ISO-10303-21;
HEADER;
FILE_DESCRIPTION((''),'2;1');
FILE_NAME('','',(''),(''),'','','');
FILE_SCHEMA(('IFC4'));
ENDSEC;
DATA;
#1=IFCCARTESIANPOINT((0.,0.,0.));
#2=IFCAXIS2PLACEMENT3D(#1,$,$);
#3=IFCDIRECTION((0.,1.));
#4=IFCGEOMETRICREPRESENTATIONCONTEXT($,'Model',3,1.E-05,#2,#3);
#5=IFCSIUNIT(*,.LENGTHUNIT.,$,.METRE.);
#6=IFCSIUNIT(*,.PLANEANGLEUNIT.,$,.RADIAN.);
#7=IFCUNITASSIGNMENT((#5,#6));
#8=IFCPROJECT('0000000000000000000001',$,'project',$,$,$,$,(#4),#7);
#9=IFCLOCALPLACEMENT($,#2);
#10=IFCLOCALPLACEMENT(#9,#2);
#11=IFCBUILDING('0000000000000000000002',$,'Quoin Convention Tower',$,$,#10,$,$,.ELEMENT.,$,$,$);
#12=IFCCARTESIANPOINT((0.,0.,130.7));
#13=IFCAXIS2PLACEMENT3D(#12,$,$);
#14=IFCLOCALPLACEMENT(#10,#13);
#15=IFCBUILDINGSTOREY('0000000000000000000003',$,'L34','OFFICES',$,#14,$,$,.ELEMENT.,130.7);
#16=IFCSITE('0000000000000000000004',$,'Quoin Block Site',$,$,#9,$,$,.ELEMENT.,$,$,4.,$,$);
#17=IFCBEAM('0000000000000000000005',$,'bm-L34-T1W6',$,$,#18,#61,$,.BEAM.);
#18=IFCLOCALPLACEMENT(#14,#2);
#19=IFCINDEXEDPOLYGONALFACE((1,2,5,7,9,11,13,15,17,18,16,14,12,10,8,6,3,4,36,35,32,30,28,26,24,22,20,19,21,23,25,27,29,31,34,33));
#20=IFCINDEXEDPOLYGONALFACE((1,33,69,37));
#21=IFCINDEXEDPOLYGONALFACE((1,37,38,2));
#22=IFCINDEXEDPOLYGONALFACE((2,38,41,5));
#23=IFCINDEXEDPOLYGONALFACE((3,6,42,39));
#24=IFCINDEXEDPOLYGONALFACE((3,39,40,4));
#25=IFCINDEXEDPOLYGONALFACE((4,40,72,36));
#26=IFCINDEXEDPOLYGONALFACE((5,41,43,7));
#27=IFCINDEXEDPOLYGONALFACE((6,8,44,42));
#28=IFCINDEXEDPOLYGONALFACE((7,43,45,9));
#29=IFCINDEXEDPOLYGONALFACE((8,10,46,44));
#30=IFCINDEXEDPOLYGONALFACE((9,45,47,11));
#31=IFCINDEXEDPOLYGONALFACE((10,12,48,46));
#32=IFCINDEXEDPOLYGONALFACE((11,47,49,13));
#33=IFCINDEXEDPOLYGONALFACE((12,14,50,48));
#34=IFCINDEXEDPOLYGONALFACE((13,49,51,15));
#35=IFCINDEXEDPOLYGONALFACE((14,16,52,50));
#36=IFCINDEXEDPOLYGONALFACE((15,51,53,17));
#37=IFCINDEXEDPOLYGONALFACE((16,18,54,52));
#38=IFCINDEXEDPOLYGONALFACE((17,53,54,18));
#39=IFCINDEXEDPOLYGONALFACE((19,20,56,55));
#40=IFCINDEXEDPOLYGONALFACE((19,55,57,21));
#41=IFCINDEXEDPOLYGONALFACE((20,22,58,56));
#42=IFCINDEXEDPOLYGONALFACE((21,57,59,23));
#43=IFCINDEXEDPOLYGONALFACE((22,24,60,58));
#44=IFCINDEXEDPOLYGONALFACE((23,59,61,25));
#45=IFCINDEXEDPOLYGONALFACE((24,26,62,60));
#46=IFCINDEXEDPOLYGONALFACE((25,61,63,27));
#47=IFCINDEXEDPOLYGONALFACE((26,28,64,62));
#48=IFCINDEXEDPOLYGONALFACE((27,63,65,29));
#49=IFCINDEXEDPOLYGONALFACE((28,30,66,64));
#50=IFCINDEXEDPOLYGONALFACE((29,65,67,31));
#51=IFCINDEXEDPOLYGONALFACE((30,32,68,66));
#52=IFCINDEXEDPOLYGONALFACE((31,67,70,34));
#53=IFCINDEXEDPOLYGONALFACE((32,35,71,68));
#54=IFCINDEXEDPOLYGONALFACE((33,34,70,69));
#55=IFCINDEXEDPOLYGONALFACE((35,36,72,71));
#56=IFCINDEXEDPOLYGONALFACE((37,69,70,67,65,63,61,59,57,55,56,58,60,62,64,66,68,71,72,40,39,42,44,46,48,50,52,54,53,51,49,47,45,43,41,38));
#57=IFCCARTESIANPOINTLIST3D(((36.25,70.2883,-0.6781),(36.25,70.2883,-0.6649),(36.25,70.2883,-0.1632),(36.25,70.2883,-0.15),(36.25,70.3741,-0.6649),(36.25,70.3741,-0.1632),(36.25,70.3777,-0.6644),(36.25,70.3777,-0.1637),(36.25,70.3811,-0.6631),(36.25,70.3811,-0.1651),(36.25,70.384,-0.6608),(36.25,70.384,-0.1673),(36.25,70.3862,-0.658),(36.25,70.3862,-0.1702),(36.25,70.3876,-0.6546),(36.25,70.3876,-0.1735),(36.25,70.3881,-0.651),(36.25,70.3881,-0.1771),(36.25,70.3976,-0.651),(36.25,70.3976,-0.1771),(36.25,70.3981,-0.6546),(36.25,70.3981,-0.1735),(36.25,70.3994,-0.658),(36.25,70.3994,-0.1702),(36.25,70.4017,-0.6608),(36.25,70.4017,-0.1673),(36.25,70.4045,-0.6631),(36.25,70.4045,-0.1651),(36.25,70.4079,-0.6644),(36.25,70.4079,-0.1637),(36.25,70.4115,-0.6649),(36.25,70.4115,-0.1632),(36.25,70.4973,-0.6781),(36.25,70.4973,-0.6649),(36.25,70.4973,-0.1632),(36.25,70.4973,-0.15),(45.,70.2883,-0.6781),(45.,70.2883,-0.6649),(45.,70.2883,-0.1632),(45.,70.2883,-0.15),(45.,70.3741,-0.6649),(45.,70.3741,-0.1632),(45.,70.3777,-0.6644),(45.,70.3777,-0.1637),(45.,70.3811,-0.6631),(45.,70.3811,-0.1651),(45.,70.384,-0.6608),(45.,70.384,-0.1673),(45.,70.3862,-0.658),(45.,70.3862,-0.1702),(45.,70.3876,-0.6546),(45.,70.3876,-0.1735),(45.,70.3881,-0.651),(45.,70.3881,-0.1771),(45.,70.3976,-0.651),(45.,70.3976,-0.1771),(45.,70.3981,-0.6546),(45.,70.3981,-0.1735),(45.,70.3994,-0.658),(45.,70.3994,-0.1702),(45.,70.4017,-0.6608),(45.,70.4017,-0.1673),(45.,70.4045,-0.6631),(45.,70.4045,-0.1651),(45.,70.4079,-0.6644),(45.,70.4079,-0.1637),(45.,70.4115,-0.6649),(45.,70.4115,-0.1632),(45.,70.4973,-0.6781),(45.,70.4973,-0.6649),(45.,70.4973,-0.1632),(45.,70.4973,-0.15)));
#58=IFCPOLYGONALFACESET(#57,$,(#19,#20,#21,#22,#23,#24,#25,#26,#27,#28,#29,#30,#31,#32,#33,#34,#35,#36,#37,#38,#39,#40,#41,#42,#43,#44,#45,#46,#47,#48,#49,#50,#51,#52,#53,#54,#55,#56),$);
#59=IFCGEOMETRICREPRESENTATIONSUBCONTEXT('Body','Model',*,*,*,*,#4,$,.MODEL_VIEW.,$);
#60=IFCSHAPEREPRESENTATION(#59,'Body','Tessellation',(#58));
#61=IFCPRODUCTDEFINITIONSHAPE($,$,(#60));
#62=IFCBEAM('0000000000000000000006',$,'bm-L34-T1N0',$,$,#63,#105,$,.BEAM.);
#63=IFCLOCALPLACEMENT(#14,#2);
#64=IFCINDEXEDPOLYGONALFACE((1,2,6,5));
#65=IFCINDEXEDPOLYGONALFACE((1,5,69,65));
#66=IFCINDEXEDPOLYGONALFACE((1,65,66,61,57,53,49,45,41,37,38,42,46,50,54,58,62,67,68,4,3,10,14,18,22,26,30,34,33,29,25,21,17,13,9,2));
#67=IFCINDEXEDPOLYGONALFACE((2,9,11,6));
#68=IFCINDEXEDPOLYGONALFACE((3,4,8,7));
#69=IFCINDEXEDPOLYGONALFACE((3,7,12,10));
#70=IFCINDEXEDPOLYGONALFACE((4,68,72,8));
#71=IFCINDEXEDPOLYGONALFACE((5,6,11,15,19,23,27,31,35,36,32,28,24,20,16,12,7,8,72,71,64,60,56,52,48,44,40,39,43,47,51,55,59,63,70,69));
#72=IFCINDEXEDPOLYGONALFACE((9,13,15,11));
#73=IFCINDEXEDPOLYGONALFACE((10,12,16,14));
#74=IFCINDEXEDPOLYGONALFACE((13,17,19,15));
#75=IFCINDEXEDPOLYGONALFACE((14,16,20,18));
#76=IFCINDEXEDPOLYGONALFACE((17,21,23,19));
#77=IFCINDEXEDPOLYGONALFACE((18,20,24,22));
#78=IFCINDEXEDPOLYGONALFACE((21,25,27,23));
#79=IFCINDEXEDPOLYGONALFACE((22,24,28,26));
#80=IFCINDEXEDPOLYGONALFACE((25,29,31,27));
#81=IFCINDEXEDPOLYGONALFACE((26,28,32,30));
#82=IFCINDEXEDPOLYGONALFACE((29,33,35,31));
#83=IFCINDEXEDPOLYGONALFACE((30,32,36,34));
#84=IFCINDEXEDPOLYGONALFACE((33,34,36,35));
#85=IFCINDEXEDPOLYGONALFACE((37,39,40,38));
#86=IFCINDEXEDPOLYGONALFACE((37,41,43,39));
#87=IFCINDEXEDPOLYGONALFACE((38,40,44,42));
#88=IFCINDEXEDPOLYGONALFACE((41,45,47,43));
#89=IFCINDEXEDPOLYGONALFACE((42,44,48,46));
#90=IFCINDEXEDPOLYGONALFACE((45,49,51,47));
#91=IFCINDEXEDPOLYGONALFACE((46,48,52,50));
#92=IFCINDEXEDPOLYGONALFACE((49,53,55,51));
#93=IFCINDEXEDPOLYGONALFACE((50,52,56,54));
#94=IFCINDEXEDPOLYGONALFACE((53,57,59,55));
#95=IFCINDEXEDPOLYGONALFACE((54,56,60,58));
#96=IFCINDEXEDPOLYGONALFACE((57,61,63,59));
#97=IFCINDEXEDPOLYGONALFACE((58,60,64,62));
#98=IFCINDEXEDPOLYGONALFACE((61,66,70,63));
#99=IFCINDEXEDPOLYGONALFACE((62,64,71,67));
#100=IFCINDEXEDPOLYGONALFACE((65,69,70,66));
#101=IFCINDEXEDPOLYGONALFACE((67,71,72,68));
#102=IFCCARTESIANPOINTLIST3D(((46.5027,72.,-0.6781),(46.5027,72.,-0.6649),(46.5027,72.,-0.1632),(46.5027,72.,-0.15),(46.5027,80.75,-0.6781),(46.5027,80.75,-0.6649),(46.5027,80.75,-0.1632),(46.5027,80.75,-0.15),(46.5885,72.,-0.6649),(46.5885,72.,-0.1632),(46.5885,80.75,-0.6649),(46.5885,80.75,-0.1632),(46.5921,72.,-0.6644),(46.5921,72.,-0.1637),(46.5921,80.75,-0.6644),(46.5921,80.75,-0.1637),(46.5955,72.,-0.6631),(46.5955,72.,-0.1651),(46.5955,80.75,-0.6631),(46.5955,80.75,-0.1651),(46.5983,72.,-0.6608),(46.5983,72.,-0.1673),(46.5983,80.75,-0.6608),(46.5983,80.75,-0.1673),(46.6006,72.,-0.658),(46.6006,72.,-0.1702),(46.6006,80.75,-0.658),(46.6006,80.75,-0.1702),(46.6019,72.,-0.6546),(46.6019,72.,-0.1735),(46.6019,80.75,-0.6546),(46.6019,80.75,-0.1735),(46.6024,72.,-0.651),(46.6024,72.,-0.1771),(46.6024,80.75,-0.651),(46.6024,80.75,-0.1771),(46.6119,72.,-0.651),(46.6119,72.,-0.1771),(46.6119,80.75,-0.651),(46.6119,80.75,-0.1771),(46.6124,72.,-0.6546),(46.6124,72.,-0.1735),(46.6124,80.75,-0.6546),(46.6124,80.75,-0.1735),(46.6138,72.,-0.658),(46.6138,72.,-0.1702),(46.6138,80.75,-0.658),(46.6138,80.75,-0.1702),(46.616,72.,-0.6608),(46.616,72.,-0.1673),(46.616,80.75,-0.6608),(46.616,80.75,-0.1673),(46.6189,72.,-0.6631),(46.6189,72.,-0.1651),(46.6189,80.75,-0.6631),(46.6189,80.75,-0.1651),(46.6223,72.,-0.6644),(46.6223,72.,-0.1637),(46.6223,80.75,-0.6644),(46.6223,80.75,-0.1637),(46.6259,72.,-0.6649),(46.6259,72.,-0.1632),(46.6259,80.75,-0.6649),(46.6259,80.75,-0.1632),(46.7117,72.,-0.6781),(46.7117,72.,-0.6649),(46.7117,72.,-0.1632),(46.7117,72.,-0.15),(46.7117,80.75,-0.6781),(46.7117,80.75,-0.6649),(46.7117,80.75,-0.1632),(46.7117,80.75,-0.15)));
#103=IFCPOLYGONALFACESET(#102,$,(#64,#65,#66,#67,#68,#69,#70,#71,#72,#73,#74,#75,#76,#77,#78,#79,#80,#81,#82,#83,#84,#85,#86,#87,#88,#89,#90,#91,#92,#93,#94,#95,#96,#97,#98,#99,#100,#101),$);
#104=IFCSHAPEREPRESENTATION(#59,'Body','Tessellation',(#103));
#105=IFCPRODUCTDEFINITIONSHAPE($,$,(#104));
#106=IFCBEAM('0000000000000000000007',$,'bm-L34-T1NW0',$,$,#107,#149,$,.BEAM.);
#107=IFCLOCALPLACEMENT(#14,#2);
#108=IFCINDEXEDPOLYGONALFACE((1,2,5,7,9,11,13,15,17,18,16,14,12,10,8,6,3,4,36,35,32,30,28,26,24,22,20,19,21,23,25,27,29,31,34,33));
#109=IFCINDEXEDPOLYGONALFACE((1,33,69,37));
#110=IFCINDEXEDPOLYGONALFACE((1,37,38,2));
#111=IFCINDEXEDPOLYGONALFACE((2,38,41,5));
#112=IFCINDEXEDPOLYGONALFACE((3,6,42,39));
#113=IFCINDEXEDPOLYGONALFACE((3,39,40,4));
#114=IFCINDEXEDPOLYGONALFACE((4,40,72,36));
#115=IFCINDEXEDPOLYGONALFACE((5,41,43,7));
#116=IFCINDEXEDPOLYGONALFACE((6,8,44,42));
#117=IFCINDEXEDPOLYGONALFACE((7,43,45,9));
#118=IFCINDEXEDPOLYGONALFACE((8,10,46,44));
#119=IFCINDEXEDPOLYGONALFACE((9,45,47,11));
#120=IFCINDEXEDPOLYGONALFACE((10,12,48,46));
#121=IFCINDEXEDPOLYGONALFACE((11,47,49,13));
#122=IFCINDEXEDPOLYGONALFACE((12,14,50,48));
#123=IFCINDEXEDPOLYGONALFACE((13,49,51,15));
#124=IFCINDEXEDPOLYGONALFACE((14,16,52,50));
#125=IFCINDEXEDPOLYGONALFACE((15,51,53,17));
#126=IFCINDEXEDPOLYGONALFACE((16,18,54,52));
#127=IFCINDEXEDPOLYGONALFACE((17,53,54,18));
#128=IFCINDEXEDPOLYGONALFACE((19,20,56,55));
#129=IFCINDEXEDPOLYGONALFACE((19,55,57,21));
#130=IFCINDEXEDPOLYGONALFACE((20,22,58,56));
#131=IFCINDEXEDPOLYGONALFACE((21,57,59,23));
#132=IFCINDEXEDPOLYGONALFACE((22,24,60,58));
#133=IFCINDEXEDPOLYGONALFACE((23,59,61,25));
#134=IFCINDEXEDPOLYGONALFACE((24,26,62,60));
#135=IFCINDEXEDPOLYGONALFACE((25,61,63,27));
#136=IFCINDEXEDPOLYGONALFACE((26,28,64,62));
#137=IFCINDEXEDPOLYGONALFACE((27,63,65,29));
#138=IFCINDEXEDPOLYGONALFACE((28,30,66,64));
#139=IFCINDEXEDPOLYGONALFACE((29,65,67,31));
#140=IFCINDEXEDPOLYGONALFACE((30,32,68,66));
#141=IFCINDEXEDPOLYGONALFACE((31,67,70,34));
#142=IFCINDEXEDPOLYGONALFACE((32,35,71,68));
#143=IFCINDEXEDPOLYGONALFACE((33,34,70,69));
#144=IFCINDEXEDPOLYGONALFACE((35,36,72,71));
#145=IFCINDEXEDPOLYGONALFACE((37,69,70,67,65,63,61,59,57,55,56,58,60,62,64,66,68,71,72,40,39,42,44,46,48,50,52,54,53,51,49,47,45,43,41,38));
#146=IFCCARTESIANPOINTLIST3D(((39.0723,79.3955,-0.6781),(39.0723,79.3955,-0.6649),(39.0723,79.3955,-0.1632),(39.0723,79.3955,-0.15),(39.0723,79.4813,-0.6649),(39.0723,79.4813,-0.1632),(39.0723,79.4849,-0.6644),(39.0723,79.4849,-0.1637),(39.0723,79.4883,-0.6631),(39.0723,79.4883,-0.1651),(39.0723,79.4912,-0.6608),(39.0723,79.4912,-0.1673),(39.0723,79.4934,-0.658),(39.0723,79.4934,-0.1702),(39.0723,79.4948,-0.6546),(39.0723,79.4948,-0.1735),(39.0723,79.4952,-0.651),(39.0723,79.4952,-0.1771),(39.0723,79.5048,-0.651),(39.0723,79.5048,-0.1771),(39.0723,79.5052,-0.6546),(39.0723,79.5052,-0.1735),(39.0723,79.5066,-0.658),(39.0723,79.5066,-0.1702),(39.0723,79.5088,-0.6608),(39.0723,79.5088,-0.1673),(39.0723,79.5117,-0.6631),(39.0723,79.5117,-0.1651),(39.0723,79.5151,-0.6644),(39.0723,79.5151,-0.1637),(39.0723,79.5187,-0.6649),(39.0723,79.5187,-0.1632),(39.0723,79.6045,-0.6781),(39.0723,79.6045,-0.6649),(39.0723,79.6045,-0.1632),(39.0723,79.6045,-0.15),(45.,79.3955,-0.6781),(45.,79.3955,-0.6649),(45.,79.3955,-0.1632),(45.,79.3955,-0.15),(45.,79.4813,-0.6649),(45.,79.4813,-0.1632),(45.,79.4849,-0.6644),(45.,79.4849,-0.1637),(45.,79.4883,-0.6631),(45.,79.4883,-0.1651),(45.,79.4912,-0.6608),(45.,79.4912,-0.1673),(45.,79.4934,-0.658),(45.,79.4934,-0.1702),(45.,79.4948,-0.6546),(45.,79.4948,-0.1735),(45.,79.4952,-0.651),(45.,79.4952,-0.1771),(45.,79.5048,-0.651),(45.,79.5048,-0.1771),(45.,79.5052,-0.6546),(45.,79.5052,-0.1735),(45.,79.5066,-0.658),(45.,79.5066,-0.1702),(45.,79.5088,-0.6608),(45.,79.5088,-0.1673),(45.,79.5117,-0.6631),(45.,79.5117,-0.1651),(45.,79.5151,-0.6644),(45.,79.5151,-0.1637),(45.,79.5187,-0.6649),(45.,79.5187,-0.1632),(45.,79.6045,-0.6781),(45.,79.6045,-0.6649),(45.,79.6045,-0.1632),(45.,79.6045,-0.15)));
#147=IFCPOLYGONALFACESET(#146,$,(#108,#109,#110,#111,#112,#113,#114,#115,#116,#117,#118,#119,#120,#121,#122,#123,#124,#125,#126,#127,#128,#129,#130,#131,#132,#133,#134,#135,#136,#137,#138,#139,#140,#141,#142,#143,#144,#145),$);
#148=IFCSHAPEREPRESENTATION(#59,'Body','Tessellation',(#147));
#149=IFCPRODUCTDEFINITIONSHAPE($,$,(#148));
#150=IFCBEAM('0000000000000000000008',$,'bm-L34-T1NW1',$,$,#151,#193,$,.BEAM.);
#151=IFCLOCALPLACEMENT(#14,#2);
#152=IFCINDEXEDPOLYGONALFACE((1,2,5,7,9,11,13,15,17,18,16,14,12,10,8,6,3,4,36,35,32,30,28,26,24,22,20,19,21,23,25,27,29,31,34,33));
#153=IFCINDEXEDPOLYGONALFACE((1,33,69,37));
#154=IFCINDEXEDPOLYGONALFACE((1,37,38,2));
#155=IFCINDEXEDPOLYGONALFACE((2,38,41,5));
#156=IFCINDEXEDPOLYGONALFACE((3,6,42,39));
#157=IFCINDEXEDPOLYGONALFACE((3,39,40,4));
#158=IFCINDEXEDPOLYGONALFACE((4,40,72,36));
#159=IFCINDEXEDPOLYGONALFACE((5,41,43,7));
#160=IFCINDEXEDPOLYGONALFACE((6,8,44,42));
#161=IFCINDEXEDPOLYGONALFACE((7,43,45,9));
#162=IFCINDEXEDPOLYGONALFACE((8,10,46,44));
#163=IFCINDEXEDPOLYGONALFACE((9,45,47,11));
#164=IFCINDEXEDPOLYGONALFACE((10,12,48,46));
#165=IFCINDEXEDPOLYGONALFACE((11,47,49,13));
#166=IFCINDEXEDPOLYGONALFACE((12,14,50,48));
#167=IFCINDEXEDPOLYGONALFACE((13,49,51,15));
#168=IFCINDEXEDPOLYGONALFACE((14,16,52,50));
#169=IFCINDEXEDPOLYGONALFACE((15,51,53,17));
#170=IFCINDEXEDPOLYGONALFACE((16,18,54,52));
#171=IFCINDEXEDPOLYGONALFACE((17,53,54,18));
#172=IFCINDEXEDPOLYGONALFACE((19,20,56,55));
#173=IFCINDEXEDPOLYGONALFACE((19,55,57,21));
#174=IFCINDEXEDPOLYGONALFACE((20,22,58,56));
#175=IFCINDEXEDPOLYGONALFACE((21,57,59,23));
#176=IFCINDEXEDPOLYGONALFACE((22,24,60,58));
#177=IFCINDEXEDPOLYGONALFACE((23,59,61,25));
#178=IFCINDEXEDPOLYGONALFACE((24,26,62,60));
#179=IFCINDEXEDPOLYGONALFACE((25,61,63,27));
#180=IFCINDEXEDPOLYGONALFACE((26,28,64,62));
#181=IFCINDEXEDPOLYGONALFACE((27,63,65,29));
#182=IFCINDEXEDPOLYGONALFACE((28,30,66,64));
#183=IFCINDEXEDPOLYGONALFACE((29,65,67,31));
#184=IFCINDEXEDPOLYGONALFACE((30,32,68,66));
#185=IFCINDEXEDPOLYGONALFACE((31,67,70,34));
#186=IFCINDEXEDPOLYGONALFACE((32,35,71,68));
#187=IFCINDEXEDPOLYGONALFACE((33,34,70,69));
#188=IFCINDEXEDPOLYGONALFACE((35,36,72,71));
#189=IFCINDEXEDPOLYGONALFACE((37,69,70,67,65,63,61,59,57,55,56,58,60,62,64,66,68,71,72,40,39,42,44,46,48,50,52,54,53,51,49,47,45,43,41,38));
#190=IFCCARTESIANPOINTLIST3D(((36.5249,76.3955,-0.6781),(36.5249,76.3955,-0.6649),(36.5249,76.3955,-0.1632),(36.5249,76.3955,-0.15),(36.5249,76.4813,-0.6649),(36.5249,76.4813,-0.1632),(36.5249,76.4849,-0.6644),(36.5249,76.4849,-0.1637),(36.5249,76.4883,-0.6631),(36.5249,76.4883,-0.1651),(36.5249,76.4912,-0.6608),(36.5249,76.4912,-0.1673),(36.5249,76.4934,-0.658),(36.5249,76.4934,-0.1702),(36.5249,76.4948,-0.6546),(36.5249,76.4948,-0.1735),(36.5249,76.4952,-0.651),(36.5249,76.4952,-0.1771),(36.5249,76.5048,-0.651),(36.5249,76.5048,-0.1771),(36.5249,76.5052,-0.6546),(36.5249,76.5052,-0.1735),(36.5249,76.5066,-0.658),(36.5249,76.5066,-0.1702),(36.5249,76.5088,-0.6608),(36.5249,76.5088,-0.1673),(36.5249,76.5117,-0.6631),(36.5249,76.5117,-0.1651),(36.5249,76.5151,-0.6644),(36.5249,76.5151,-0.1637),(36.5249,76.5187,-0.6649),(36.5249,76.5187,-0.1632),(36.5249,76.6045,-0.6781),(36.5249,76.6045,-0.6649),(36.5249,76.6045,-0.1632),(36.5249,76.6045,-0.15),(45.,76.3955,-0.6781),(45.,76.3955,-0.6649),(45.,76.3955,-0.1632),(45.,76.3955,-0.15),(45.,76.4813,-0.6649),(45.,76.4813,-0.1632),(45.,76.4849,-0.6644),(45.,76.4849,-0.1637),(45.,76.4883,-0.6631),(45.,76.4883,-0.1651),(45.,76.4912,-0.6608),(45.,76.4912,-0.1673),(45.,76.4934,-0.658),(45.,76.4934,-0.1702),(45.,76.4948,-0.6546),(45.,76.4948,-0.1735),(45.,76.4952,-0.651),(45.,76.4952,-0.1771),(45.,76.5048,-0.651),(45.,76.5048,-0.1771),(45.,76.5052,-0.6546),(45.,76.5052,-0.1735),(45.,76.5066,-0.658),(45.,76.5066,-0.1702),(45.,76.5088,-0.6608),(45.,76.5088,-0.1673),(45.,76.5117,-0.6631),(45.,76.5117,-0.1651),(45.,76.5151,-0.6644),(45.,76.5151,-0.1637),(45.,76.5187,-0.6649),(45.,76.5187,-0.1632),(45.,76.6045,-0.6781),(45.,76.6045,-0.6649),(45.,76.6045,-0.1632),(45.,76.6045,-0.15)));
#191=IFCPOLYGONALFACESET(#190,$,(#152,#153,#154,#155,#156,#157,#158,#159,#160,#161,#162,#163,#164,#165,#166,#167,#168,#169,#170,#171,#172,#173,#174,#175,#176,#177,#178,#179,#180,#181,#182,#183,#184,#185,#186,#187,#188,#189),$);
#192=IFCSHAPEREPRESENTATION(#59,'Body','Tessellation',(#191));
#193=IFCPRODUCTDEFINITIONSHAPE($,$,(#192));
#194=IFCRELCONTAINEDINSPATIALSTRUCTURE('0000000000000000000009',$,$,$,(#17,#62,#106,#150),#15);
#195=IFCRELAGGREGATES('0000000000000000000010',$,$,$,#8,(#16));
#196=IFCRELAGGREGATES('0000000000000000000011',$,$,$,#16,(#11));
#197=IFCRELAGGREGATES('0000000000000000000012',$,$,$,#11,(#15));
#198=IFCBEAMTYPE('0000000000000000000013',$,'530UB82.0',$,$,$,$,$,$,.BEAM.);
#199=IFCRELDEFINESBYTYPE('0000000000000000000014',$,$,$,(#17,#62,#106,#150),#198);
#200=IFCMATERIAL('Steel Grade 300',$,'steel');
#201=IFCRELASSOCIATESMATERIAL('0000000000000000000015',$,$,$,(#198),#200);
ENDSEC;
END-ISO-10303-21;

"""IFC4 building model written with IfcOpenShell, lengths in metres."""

from ifc_helpers import new_model, si_unit, direction, frame, origin, origin_2d, place, context, subcontext, project, spatial, i_section, extrude, material, material_profile, profile_set, type_object, element, save


model = new_model("IFC4")

# Units and contexts
model_context = context("Model", 3, precision=1e-05, world=origin(), true_north=direction((0.0, 1.0)))
body_context = subcontext(model_context, "Body", "Model", "MODEL_VIEW")
ifc_project = project(units=[si_unit("LENGTHUNIT", "METRE"), si_unit("PLANEANGLEUNIT", "RADIAN")], contexts=[model_context])

# Site, building, storey
site_placement = place(None, origin())
site = spatial("IfcSite", under=ifc_project, at=site_placement, Name="Quoin Block Site", CompositionType="ELEMENT", RefElevation=4.0)
building_placement = place(site_placement, origin())
building = spatial("IfcBuilding", under=site, at=building_placement, Name="Quoin Convention Tower", CompositionType="ELEMENT")
storey_placement = place(building_placement, frame((0.0, 0.0, 130.7)))
storey = spatial("IfcBuildingStorey", under=building, at=storey_placement, Name="L34", Description="OFFICES", CompositionType="ELEMENT", Elevation=130.7)

# Beams
ifc_material_1 = material(Name="Steel Grade 300", Category="steel")
ifc_material_profile_1 = material_profile(ifc_material_1, i_section(OverallWidth=0.209, OverallDepth=0.5281, WebThickness=0.0095, FlangeThickness=0.0132, FilletRadius=0.0139, at=origin_2d()), Name="530UB82.0")
ifc_profile_set_1 = profile_set([ifc_material_profile_1], Name="Steel Grade 300")
beam_type_1 = type_object("IfcBeamType", Name="530UB82.0", PredefinedType="BEAM", material=ifc_profile_set_1)
for number, where, z_axis, x_axis, name in (
    (1, (36.25, 70.3928, -0.4141), (1.0, 0.0, 0.0), (0.0, 1.0, 0.0), "bm-L34-T1W6"),
    (2, (46.6072, 72.0, -0.4141), (0.0, 1.0, 0.0), (-1.0, 0.0, 0.0), "bm-L34-T1N0"),
):
    element("IfcBeam", number, at=place(storey_placement, frame(where, z_axis=z_axis, x_axis=x_axis)), inside=storey, type_object=beam_type_1, Name=name, PredefinedType="BEAM", context=body_context, shape_type="SweptSolid", body=[
        extrude(i_section(OverallWidth=0.209, OverallDepth=0.5281, WebThickness=0.0095, FlangeThickness=0.0132, FilletRadius=0.0139, at=origin_2d()), origin(), (0.0, 0.0, 1.0), 8.75),
    ])
beam_1_placement = place(storey_placement, frame((39.0723, 79.5, -0.4141), z_axis=(1.0, 0.0, 0.0), x_axis=(0.0, 1.0, 0.0)))
element("IfcBeam", 3, at=beam_1_placement, inside=storey, type_object=beam_type_1, Name="bm-L34-T1NW0", PredefinedType="BEAM", context=body_context, shape_type="SweptSolid", body=[
    extrude(i_section(OverallWidth=0.209, OverallDepth=0.5281, WebThickness=0.0095, FlangeThickness=0.0132, FilletRadius=0.0139, at=origin_2d()), origin(), (0.0, 0.0, 1.0), 5.9277),
])
beam_2_placement = place(storey_placement, frame((36.5249, 76.5, -0.4141), z_axis=(1.0, 0.0, 0.0), x_axis=(0.0, 1.0, 0.0)))
element("IfcBeam", 4, at=beam_2_placement, inside=storey, type_object=beam_type_1, Name="bm-L34-T1NW1", PredefinedType="BEAM", context=body_context, shape_type="SweptSolid", body=[
    extrude(i_section(OverallWidth=0.209, OverallDepth=0.5281, WebThickness=0.0095, FlangeThickness=0.0132, FilletRadius=0.0139, at=origin_2d()), origin(), (0.0, 0.0, 1.0), 8.4751),
])

save(model, "model.ifc")
